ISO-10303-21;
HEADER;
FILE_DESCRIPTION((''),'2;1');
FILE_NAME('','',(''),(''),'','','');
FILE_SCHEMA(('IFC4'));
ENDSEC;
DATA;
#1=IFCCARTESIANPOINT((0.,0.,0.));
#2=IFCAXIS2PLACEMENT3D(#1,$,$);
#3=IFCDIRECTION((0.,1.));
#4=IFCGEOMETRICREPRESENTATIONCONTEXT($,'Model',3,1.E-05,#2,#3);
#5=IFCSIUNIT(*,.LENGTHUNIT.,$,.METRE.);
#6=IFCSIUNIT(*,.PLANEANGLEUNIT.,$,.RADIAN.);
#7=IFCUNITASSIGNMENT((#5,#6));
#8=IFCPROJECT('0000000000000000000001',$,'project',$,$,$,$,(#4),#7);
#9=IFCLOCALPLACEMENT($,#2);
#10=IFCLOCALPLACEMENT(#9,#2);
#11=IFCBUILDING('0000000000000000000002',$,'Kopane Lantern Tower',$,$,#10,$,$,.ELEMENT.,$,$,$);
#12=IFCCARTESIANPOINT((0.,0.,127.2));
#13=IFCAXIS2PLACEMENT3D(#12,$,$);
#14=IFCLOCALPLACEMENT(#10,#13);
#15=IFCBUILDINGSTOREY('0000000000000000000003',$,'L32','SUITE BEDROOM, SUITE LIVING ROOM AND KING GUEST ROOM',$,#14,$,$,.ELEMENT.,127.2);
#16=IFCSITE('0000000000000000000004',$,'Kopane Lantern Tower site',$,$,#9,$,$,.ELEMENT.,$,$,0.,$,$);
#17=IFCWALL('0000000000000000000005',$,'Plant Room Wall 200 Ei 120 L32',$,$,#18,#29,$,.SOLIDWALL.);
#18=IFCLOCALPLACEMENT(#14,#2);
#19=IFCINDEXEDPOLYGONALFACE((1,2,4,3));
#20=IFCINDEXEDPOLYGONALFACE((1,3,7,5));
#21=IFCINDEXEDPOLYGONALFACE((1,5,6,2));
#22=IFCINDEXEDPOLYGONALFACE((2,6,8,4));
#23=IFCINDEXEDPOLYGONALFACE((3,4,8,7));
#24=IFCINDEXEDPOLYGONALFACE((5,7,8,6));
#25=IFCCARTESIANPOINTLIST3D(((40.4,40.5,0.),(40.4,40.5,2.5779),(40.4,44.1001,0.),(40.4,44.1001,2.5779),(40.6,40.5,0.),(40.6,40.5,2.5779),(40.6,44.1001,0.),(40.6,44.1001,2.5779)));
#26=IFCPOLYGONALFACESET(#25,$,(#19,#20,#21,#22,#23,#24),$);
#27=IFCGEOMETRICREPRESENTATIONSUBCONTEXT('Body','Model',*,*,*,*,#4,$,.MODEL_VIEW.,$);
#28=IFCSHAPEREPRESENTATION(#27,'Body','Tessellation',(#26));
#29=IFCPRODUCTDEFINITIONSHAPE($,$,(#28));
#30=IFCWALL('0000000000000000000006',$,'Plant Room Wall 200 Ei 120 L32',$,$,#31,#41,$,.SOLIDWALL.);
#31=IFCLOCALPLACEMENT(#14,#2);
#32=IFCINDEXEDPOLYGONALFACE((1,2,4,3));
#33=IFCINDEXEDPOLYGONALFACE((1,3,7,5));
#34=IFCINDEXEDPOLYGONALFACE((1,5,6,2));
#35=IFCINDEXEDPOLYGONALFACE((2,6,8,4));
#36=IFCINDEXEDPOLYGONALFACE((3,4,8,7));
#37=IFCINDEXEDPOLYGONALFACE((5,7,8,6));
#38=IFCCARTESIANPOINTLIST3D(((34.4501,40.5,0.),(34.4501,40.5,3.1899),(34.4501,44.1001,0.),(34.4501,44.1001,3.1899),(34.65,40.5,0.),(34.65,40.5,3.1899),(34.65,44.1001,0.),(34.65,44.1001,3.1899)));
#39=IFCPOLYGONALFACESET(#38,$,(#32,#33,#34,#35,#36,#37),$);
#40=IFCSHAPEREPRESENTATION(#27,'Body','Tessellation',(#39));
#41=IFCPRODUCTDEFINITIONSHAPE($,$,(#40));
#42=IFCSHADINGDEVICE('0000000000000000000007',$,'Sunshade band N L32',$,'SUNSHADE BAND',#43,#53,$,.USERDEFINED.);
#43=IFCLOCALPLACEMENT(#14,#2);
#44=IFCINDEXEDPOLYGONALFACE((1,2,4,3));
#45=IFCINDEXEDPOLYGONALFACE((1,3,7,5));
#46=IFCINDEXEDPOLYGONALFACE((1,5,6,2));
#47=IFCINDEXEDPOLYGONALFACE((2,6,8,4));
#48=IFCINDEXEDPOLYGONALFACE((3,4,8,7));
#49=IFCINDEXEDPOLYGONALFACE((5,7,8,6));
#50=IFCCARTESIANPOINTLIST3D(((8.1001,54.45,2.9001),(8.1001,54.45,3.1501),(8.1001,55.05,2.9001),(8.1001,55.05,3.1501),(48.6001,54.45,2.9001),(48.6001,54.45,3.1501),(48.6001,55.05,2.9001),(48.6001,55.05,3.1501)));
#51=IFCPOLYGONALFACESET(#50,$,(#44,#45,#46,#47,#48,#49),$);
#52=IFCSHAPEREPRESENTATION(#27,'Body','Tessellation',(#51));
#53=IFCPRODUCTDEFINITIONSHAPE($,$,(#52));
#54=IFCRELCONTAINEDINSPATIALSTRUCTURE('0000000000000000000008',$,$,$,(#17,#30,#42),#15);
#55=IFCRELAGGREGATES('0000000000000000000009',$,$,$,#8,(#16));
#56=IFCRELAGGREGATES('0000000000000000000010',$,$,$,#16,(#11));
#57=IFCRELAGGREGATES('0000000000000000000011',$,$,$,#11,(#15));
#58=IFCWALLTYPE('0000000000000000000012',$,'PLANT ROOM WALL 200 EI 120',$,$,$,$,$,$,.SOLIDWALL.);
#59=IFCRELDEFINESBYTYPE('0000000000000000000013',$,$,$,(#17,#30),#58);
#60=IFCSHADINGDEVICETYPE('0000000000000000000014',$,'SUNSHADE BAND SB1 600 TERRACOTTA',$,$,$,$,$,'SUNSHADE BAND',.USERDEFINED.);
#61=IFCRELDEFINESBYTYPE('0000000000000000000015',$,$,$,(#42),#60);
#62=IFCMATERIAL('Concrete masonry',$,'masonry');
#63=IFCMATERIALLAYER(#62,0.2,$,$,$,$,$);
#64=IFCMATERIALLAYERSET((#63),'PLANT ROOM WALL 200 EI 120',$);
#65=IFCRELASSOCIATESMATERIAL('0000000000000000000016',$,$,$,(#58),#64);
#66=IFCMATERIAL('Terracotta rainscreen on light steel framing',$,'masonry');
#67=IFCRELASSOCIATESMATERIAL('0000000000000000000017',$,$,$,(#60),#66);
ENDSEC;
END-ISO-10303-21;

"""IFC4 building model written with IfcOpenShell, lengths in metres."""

from ifc_helpers import new_model, si_unit, direction, frame, frame_2d, origin, origin_2d, place, context, subcontext, project, spatial, rectangle, extrude, material, layer, layer_set, type_object, element, save


model = new_model("IFC4")

# Units and contexts
model_context = context("Model", 3, precision=1e-05, world=origin(), true_north=direction((0.0, 1.0)))
body_context = subcontext(model_context, "Body", "Model", "MODEL_VIEW")
ifc_project = project(units=[si_unit("LENGTHUNIT", "METRE"), si_unit("PLANEANGLEUNIT", "RADIAN")], contexts=[model_context])

# Site, building, storey
site_placement = place(None, origin())
site = spatial("IfcSite", under=ifc_project, at=site_placement, Name="Kopane Lantern Tower site", CompositionType="ELEMENT", RefElevation=0.0)
building_placement = place(site_placement, origin())
building = spatial("IfcBuilding", under=site, at=building_placement, Name="Kopane Lantern Tower", CompositionType="ELEMENT")
storey_placement = place(building_placement, frame((0.0, 0.0, 127.2)))
storey = spatial("IfcBuildingStorey", under=building, at=storey_placement, Name="L32", Description="SUITE BEDROOM, SUITE LIVING ROOM AND KING GUEST ROOM", CompositionType="ELEMENT", Elevation=127.2)

# Walls
ifc_material_1 = material(Name="Concrete masonry", Category="masonry")
ifc_layer_1 = layer(ifc_material_1, 0.2)
ifc_layer_set_1 = layer_set([ifc_layer_1], Name="PLANT ROOM WALL 200 EI 120")
wall_type_1 = type_object("IfcWallType", Name="PLANT ROOM WALL 200 EI 120", PredefinedType="SOLIDWALL", material=ifc_layer_set_1)
wall_1_placement = place(storey_placement, frame((40.5, 40.5, 0.0), z_axis=(0.0, 0.0, 1.0), x_axis=(0.0, 1.0, 0.0)))
element("IfcWall", 1, at=wall_1_placement, inside=storey, type_object=wall_type_1, Name="Plant Room Wall 200 Ei 120 L32", PredefinedType="SOLIDWALL", context=body_context, shape_type="SweptSolid", body=[
    extrude(rectangle(XDim=3.6001, YDim=0.2, at=frame_2d((1.8, 0.0))), origin(), (0.0, 0.0, 1.0), 2.5779),
])
wall_2_placement = place(storey_placement, frame((34.55, 44.1001, 0.0), z_axis=(0.0, 0.0, 1.0), x_axis=(0.0, -1.0, 0.0)))
element("IfcWall", 2, at=wall_2_placement, inside=storey, type_object=wall_type_1, Name="Plant Room Wall 200 Ei 120 L32", PredefinedType="SOLIDWALL", context=body_context, shape_type="SweptSolid", body=[
    extrude(rectangle(XDim=3.6001, YDim=0.2, at=frame_2d((1.8, 0.0))), origin(), (0.0, 0.0, 1.0), 3.1899),
])

# Shading device
ifc_material_2 = material(Name="Terracotta rainscreen on light steel framing", Category="masonry")
shading_device_type = type_object("IfcShadingDeviceType", Name="SUNSHADE BAND SB1 600 TERRACOTTA", ElementType="SUNSHADE BAND", PredefinedType="USERDEFINED", material=ifc_material_2)
shading_device_placement = place(storey_placement, frame((28.3501, 54.75, 2.9001), z_axis=(0.0, 0.0, 1.0), x_axis=(-1.0, 0.0, 0.0)))
element("IfcShadingDevice", 3, at=shading_device_placement, inside=storey, type_object=shading_device_type, Name="Sunshade band N L32", ObjectType="SUNSHADE BAND", PredefinedType="USERDEFINED", context=body_context, shape_type="SweptSolid", body=[
    extrude(rectangle(XDim=40.5, YDim=0.6001, at=origin_2d()), origin(), (0.0, 0.0, 1.0), 0.25),
])

save(model, "model.ifc")
